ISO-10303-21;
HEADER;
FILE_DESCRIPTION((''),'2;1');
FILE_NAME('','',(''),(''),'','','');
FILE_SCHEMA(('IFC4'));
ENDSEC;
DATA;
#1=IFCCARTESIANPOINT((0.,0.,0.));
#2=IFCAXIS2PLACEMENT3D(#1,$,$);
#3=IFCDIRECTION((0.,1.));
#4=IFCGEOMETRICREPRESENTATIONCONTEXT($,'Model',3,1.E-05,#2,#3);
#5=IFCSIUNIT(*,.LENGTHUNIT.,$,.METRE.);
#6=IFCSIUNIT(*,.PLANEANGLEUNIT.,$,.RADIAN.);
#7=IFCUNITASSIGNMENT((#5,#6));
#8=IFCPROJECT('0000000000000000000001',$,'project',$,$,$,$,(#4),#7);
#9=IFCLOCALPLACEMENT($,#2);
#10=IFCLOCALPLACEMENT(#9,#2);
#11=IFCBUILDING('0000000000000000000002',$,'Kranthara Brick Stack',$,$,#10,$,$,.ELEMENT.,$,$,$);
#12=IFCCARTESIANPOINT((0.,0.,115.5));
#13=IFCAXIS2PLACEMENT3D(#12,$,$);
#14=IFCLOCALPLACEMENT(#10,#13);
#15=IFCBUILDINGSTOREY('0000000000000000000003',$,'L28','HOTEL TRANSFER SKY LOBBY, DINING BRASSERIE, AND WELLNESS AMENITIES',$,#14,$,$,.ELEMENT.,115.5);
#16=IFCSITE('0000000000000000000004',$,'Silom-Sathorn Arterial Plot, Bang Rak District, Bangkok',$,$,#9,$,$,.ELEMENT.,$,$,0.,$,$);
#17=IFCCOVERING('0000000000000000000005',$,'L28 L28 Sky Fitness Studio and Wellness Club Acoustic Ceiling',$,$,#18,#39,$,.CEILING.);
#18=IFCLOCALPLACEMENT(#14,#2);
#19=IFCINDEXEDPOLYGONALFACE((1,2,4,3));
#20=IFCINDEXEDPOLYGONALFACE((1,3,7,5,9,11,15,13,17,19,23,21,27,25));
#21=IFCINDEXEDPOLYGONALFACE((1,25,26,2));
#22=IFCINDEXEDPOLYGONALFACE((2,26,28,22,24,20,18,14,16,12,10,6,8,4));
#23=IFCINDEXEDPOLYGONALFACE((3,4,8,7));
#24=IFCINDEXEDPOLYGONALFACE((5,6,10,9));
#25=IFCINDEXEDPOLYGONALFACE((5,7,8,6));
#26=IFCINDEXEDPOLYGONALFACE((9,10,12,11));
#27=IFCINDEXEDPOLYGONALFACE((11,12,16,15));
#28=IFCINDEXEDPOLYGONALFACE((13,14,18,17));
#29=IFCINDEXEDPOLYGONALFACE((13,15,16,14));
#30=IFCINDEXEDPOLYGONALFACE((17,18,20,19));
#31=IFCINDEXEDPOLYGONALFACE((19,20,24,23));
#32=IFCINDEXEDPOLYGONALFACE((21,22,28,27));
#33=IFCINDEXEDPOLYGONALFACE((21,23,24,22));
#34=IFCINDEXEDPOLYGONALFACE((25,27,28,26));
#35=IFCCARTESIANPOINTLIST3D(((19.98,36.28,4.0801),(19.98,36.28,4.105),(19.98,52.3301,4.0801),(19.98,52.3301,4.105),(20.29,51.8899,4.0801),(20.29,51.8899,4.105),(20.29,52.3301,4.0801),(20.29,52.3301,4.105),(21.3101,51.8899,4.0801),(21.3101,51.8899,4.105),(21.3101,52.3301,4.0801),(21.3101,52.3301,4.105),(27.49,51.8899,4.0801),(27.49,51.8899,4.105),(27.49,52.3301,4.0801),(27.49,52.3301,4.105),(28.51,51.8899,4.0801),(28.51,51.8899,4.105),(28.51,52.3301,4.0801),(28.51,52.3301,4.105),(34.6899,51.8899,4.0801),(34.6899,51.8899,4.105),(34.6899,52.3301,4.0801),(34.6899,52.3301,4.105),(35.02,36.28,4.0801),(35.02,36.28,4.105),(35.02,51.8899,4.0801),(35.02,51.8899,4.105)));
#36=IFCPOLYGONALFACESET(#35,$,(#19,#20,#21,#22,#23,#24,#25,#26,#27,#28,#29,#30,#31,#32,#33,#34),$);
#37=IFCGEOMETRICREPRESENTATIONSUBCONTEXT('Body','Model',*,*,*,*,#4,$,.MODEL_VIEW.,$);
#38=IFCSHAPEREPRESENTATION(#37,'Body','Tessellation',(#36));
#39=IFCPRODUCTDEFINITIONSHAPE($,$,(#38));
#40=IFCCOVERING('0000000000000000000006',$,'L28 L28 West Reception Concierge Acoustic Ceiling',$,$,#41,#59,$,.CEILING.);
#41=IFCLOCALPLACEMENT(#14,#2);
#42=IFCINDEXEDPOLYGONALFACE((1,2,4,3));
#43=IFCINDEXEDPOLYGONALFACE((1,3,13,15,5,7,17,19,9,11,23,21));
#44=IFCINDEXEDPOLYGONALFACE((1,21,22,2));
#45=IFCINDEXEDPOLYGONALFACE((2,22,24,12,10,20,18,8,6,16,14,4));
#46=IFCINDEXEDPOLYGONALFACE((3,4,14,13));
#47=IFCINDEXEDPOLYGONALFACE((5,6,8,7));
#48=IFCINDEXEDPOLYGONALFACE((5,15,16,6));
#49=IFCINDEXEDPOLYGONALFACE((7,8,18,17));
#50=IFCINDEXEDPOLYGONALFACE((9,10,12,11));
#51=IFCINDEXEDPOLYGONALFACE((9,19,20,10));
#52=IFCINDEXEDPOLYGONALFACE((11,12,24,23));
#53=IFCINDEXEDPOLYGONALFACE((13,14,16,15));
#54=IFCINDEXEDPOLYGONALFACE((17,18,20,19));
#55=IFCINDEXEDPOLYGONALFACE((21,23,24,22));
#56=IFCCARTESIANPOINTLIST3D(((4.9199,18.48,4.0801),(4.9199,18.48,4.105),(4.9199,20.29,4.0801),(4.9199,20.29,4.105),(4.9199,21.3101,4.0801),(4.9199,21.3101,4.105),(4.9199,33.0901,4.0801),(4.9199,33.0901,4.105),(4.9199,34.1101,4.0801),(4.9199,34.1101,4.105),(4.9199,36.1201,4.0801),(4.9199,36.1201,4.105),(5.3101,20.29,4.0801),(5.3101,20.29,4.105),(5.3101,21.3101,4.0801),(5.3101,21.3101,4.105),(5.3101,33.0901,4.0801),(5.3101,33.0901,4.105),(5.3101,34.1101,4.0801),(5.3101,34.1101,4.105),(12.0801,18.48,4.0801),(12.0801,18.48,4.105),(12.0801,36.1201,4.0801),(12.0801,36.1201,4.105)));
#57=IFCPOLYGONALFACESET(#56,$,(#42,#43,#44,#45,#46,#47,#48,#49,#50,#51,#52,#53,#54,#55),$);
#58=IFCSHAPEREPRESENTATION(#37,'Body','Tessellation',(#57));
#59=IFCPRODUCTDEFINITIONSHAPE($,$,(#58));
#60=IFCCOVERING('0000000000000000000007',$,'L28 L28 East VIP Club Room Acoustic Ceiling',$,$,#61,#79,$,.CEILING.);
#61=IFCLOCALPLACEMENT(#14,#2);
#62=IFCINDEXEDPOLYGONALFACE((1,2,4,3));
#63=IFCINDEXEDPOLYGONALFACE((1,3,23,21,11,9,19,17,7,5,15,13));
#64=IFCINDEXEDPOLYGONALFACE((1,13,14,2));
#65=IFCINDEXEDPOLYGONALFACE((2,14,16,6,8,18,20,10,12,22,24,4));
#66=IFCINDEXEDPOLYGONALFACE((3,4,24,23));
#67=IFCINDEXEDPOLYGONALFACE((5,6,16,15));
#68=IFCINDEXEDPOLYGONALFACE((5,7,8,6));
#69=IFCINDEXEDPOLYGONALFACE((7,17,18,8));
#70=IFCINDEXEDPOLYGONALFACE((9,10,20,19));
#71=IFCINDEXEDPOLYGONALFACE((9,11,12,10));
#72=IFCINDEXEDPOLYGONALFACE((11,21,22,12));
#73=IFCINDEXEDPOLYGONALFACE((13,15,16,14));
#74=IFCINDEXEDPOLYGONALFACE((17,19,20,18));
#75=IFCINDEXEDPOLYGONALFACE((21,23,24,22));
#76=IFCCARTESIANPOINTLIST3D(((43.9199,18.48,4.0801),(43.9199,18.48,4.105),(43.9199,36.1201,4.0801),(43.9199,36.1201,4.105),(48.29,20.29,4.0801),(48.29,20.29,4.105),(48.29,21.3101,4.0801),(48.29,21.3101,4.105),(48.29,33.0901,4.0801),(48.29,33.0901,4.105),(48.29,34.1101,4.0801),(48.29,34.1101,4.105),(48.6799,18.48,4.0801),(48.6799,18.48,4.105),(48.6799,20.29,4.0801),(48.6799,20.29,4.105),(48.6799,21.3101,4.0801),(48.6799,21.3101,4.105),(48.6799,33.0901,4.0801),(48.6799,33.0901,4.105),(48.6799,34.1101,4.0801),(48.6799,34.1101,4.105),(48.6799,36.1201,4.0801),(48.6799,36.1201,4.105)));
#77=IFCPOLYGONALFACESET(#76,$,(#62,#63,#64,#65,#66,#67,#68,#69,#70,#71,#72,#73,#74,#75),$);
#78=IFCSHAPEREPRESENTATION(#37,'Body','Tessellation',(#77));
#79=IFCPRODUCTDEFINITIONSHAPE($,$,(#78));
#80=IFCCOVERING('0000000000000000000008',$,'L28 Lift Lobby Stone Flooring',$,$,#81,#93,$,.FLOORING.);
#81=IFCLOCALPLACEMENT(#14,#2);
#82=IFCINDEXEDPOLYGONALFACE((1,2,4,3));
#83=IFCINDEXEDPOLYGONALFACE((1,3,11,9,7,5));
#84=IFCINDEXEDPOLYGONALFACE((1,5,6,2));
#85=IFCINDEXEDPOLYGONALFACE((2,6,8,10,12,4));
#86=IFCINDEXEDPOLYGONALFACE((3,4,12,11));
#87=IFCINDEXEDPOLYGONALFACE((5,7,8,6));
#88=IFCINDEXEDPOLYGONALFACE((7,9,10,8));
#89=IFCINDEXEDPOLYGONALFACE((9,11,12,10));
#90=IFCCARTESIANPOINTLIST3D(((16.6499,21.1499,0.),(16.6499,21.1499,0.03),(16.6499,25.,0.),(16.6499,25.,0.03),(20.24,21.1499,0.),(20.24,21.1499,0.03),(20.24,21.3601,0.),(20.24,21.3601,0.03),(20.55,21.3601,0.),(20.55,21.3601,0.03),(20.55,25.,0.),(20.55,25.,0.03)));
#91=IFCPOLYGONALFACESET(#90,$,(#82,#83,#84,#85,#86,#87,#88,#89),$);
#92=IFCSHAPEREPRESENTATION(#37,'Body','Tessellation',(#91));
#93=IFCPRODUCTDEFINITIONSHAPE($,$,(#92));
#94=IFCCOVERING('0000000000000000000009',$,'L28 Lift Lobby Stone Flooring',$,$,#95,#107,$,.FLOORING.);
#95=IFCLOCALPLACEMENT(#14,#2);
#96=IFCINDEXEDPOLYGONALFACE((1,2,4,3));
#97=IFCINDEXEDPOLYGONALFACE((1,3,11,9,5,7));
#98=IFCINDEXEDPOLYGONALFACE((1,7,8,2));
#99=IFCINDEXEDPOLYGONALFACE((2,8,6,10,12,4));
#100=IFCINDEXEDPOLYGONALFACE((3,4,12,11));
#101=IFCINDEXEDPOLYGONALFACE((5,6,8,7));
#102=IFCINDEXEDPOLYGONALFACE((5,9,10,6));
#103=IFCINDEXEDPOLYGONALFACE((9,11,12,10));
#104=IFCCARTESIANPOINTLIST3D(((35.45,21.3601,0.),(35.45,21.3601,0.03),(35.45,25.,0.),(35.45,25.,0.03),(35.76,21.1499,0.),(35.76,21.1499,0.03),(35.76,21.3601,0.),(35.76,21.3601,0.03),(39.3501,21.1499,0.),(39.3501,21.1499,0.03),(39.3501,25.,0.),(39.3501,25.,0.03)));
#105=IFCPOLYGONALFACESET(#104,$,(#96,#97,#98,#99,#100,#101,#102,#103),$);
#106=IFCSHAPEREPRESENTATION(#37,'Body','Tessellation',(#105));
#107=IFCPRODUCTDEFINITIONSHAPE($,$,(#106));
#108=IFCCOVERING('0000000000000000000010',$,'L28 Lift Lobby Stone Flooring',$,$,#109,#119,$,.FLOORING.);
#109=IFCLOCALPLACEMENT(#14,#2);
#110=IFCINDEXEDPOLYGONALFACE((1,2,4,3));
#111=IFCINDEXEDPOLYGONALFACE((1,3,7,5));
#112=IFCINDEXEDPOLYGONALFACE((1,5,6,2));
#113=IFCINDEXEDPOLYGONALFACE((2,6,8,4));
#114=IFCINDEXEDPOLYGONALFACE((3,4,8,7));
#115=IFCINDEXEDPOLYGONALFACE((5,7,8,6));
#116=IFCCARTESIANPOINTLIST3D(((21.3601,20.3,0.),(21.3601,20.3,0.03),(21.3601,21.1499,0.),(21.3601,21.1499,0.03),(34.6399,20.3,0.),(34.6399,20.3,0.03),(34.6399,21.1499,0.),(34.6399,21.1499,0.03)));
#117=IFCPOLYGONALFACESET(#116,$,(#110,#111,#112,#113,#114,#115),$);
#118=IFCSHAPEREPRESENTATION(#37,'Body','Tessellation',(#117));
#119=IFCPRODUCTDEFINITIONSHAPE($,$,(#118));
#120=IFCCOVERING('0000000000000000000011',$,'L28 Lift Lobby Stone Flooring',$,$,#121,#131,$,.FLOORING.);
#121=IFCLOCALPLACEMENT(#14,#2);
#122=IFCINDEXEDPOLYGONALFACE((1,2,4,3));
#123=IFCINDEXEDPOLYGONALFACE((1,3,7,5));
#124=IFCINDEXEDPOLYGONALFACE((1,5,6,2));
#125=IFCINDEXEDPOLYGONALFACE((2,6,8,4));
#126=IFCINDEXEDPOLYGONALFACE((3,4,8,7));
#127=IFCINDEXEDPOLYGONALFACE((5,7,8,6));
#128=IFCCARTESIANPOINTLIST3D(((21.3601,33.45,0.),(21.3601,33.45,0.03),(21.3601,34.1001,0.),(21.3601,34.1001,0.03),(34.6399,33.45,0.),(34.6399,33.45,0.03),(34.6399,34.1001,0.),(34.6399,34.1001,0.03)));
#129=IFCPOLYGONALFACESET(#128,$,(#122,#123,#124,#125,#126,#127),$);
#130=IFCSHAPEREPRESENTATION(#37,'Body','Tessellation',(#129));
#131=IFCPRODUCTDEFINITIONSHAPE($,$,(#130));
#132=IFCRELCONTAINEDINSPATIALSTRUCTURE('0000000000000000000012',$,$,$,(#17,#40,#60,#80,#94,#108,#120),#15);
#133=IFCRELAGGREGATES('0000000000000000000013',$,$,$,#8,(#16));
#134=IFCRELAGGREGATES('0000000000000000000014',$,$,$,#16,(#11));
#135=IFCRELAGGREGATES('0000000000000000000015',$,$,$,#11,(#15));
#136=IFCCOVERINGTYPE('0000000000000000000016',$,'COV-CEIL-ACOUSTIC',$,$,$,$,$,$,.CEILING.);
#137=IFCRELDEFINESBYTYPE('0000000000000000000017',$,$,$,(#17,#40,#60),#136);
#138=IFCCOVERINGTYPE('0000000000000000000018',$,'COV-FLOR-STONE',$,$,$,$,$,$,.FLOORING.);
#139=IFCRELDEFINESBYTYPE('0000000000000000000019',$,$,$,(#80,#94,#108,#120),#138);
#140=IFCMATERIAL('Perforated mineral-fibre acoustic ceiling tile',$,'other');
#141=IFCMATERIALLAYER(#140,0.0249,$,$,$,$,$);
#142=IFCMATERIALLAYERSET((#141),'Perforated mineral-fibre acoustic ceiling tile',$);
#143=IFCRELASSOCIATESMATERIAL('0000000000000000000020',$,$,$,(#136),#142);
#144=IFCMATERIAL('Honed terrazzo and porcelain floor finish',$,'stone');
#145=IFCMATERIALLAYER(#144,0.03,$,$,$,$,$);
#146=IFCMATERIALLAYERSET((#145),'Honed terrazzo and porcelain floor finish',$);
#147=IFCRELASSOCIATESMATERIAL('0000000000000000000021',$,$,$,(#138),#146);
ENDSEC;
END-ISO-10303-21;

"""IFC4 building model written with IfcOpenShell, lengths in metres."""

from ifc_helpers import new_model, si_unit, direction, frame, origin, place, context, subcontext, project, spatial, polyline, outline, extrude, material, layer, layer_set, type_object, element, save


model = new_model("IFC4")

# Units and contexts
model_context = context("Model", 3, precision=1e-05, world=origin(), true_north=direction((0.0, 1.0)))
body_context = subcontext(model_context, "Body", "Model", "MODEL_VIEW")
ifc_project = project(units=[si_unit("LENGTHUNIT", "METRE"), si_unit("PLANEANGLEUNIT", "RADIAN")], contexts=[model_context])

# Site, building, storey
site_placement = place(None, origin())
site = spatial("IfcSite", under=ifc_project, at=site_placement, Name="Silom-Sathorn Arterial Plot, Bang Rak District, Bangkok", CompositionType="ELEMENT", RefElevation=0.0)
building_placement = place(site_placement, origin())
building = spatial("IfcBuilding", under=site, at=building_placement, Name="Kranthara Brick Stack", CompositionType="ELEMENT")
storey_placement = place(building_placement, frame((0.0, 0.0, 115.5)))
storey = spatial("IfcBuildingStorey", under=building, at=storey_placement, Name="L28", Description="HOTEL TRANSFER SKY LOBBY, DINING BRASSERIE, AND WELLNESS AMENITIES", CompositionType="ELEMENT", Elevation=115.5)

# Coverings
ifc_material_1 = material(Name="Perforated mineral-fibre acoustic ceiling tile", Category="other")
ifc_layer_1 = layer(ifc_material_1, 0.0249)
ifc_layer_set_1 = layer_set([ifc_layer_1], Name="Perforated mineral-fibre acoustic ceiling tile")
covering_type_1 = type_object("IfcCoveringType", Name="COV-CEIL-ACOUSTIC", PredefinedType="CEILING", material=ifc_layer_set_1)
covering_1_placement = place(storey_placement, frame((0.0, 0.0, 4.0801)))
element("IfcCovering", 1, at=covering_1_placement, inside=storey, type_object=covering_type_1, Name="L28 L28 Sky Fitness Studio and Wellness Club Acoustic Ceiling", PredefinedType="CEILING", context=body_context, shape_type="SweptSolid", body=[
    extrude(outline(polyline([(19.98, 36.28), (19.98, 52.3301), (20.29, 52.3301), (20.29, 51.8899), (21.3101, 51.8899), (21.3101, 52.3301), (27.49, 52.3301), (27.49, 51.8899), (28.51, 51.8899), (28.51, 52.3301), (34.6899, 52.3301), (34.6899, 51.8899), (35.02, 51.8899), (35.02, 36.28), (19.98, 36.28)])), origin(), (0.0, 0.0, 1.0), 0.0249),
])
covering_2_placement = place(storey_placement, frame((0.0, 0.0, 4.0801)))
element("IfcCovering", 2, at=covering_2_placement, inside=storey, type_object=covering_type_1, Name="L28 L28 West Reception Concierge Acoustic Ceiling", PredefinedType="CEILING", context=body_context, shape_type="SweptSolid", body=[
    extrude(outline(polyline([(12.0801, 36.1201), (12.0801, 18.48), (4.9199, 18.48), (4.9199, 20.29), (5.3101, 20.29), (5.3101, 21.3101), (4.9199, 21.3101), (4.9199, 33.0901), (5.3101, 33.0901), (5.3101, 34.1101), (4.9199, 34.1101), (4.9199, 36.1201), (12.0801, 36.1201)])), origin(), (0.0, 0.0, 1.0), 0.0249),
])
covering_3_placement = place(storey_placement, frame((0.0, 0.0, 4.0801)))
element("IfcCovering", 3, at=covering_3_placement, inside=storey, type_object=covering_type_1, Name="L28 L28 East VIP Club Room Acoustic Ceiling", PredefinedType="CEILING", context=body_context, shape_type="SweptSolid", body=[
    extrude(outline(polyline([(43.9199, 18.48), (43.9199, 36.1201), (48.6799, 36.1201), (48.6799, 34.1101), (48.29, 34.1101), (48.29, 33.0901), (48.6799, 33.0901), (48.6799, 21.3101), (48.29, 21.3101), (48.29, 20.29), (48.6799, 20.29), (48.6799, 18.48), (43.9199, 18.48)])), origin(), (0.0, 0.0, 1.0), 0.0249),
])
ifc_material_2 = material(Name="Honed terrazzo and porcelain floor finish", Category="stone")
ifc_layer_2 = layer(ifc_material_2, 0.03)
ifc_layer_set_2 = layer_set([ifc_layer_2], Name="Honed terrazzo and porcelain floor finish")
covering_type_2 = type_object("IfcCoveringType", Name="COV-FLOR-STONE", PredefinedType="FLOORING", material=ifc_layer_set_2)
covering_4_placement = place(storey_placement, origin())
element("IfcCovering", 4, at=covering_4_placement, inside=storey, type_object=covering_type_2, Name="L28 Lift Lobby Stone Flooring", PredefinedType="FLOORING", context=body_context, shape_type="SweptSolid", body=[
    extrude(outline(polyline([(16.6499, 21.1499), (16.6499, 25.0), (20.55, 25.0), (20.55, 21.3601), (20.24, 21.3601), (20.24, 21.1499), (16.6499, 21.1499)])), origin(), (0.0, 0.0, 1.0), 0.03),
])
covering_5_placement = place(storey_placement, origin())
element("IfcCovering", 5, at=covering_5_placement, inside=storey, type_object=covering_type_2, Name="L28 Lift Lobby Stone Flooring", PredefinedType="FLOORING", context=body_context, shape_type="SweptSolid", body=[
    extrude(outline(polyline([(35.45, 25.0), (39.3501, 25.0), (39.3501, 21.1499), (35.76, 21.1499), (35.76, 21.3601), (35.45, 21.3601), (35.45, 25.0)])), origin(), (0.0, 0.0, 1.0), 0.03),
])
covering_6_placement = place(storey_placement, origin())
element("IfcCovering", 6, at=covering_6_placement, inside=storey, type_object=covering_type_2, Name="L28 Lift Lobby Stone Flooring", PredefinedType="FLOORING", context=body_context, shape_type="SweptSolid", body=[
    extrude(outline(polyline([(21.3601, 21.1499), (34.6399, 21.1499), (34.6399, 20.3), (21.3601, 20.3), (21.3601, 21.1499)])), origin(), (0.0, 0.0, 1.0), 0.03),
])
covering_7_placement = place(storey_placement, origin())
element("IfcCovering", 7, at=covering_7_placement, inside=storey, type_object=covering_type_2, Name="L28 Lift Lobby Stone Flooring", PredefinedType="FLOORING", context=body_context, shape_type="SweptSolid", body=[
    extrude(outline(polyline([(21.3601, 34.1001), (34.6399, 34.1001), (34.6399, 33.45), (21.3601, 33.45), (21.3601, 34.1001)])), origin(), (0.0, 0.0, 1.0), 0.03),
])

save(model, "model.ifc")
